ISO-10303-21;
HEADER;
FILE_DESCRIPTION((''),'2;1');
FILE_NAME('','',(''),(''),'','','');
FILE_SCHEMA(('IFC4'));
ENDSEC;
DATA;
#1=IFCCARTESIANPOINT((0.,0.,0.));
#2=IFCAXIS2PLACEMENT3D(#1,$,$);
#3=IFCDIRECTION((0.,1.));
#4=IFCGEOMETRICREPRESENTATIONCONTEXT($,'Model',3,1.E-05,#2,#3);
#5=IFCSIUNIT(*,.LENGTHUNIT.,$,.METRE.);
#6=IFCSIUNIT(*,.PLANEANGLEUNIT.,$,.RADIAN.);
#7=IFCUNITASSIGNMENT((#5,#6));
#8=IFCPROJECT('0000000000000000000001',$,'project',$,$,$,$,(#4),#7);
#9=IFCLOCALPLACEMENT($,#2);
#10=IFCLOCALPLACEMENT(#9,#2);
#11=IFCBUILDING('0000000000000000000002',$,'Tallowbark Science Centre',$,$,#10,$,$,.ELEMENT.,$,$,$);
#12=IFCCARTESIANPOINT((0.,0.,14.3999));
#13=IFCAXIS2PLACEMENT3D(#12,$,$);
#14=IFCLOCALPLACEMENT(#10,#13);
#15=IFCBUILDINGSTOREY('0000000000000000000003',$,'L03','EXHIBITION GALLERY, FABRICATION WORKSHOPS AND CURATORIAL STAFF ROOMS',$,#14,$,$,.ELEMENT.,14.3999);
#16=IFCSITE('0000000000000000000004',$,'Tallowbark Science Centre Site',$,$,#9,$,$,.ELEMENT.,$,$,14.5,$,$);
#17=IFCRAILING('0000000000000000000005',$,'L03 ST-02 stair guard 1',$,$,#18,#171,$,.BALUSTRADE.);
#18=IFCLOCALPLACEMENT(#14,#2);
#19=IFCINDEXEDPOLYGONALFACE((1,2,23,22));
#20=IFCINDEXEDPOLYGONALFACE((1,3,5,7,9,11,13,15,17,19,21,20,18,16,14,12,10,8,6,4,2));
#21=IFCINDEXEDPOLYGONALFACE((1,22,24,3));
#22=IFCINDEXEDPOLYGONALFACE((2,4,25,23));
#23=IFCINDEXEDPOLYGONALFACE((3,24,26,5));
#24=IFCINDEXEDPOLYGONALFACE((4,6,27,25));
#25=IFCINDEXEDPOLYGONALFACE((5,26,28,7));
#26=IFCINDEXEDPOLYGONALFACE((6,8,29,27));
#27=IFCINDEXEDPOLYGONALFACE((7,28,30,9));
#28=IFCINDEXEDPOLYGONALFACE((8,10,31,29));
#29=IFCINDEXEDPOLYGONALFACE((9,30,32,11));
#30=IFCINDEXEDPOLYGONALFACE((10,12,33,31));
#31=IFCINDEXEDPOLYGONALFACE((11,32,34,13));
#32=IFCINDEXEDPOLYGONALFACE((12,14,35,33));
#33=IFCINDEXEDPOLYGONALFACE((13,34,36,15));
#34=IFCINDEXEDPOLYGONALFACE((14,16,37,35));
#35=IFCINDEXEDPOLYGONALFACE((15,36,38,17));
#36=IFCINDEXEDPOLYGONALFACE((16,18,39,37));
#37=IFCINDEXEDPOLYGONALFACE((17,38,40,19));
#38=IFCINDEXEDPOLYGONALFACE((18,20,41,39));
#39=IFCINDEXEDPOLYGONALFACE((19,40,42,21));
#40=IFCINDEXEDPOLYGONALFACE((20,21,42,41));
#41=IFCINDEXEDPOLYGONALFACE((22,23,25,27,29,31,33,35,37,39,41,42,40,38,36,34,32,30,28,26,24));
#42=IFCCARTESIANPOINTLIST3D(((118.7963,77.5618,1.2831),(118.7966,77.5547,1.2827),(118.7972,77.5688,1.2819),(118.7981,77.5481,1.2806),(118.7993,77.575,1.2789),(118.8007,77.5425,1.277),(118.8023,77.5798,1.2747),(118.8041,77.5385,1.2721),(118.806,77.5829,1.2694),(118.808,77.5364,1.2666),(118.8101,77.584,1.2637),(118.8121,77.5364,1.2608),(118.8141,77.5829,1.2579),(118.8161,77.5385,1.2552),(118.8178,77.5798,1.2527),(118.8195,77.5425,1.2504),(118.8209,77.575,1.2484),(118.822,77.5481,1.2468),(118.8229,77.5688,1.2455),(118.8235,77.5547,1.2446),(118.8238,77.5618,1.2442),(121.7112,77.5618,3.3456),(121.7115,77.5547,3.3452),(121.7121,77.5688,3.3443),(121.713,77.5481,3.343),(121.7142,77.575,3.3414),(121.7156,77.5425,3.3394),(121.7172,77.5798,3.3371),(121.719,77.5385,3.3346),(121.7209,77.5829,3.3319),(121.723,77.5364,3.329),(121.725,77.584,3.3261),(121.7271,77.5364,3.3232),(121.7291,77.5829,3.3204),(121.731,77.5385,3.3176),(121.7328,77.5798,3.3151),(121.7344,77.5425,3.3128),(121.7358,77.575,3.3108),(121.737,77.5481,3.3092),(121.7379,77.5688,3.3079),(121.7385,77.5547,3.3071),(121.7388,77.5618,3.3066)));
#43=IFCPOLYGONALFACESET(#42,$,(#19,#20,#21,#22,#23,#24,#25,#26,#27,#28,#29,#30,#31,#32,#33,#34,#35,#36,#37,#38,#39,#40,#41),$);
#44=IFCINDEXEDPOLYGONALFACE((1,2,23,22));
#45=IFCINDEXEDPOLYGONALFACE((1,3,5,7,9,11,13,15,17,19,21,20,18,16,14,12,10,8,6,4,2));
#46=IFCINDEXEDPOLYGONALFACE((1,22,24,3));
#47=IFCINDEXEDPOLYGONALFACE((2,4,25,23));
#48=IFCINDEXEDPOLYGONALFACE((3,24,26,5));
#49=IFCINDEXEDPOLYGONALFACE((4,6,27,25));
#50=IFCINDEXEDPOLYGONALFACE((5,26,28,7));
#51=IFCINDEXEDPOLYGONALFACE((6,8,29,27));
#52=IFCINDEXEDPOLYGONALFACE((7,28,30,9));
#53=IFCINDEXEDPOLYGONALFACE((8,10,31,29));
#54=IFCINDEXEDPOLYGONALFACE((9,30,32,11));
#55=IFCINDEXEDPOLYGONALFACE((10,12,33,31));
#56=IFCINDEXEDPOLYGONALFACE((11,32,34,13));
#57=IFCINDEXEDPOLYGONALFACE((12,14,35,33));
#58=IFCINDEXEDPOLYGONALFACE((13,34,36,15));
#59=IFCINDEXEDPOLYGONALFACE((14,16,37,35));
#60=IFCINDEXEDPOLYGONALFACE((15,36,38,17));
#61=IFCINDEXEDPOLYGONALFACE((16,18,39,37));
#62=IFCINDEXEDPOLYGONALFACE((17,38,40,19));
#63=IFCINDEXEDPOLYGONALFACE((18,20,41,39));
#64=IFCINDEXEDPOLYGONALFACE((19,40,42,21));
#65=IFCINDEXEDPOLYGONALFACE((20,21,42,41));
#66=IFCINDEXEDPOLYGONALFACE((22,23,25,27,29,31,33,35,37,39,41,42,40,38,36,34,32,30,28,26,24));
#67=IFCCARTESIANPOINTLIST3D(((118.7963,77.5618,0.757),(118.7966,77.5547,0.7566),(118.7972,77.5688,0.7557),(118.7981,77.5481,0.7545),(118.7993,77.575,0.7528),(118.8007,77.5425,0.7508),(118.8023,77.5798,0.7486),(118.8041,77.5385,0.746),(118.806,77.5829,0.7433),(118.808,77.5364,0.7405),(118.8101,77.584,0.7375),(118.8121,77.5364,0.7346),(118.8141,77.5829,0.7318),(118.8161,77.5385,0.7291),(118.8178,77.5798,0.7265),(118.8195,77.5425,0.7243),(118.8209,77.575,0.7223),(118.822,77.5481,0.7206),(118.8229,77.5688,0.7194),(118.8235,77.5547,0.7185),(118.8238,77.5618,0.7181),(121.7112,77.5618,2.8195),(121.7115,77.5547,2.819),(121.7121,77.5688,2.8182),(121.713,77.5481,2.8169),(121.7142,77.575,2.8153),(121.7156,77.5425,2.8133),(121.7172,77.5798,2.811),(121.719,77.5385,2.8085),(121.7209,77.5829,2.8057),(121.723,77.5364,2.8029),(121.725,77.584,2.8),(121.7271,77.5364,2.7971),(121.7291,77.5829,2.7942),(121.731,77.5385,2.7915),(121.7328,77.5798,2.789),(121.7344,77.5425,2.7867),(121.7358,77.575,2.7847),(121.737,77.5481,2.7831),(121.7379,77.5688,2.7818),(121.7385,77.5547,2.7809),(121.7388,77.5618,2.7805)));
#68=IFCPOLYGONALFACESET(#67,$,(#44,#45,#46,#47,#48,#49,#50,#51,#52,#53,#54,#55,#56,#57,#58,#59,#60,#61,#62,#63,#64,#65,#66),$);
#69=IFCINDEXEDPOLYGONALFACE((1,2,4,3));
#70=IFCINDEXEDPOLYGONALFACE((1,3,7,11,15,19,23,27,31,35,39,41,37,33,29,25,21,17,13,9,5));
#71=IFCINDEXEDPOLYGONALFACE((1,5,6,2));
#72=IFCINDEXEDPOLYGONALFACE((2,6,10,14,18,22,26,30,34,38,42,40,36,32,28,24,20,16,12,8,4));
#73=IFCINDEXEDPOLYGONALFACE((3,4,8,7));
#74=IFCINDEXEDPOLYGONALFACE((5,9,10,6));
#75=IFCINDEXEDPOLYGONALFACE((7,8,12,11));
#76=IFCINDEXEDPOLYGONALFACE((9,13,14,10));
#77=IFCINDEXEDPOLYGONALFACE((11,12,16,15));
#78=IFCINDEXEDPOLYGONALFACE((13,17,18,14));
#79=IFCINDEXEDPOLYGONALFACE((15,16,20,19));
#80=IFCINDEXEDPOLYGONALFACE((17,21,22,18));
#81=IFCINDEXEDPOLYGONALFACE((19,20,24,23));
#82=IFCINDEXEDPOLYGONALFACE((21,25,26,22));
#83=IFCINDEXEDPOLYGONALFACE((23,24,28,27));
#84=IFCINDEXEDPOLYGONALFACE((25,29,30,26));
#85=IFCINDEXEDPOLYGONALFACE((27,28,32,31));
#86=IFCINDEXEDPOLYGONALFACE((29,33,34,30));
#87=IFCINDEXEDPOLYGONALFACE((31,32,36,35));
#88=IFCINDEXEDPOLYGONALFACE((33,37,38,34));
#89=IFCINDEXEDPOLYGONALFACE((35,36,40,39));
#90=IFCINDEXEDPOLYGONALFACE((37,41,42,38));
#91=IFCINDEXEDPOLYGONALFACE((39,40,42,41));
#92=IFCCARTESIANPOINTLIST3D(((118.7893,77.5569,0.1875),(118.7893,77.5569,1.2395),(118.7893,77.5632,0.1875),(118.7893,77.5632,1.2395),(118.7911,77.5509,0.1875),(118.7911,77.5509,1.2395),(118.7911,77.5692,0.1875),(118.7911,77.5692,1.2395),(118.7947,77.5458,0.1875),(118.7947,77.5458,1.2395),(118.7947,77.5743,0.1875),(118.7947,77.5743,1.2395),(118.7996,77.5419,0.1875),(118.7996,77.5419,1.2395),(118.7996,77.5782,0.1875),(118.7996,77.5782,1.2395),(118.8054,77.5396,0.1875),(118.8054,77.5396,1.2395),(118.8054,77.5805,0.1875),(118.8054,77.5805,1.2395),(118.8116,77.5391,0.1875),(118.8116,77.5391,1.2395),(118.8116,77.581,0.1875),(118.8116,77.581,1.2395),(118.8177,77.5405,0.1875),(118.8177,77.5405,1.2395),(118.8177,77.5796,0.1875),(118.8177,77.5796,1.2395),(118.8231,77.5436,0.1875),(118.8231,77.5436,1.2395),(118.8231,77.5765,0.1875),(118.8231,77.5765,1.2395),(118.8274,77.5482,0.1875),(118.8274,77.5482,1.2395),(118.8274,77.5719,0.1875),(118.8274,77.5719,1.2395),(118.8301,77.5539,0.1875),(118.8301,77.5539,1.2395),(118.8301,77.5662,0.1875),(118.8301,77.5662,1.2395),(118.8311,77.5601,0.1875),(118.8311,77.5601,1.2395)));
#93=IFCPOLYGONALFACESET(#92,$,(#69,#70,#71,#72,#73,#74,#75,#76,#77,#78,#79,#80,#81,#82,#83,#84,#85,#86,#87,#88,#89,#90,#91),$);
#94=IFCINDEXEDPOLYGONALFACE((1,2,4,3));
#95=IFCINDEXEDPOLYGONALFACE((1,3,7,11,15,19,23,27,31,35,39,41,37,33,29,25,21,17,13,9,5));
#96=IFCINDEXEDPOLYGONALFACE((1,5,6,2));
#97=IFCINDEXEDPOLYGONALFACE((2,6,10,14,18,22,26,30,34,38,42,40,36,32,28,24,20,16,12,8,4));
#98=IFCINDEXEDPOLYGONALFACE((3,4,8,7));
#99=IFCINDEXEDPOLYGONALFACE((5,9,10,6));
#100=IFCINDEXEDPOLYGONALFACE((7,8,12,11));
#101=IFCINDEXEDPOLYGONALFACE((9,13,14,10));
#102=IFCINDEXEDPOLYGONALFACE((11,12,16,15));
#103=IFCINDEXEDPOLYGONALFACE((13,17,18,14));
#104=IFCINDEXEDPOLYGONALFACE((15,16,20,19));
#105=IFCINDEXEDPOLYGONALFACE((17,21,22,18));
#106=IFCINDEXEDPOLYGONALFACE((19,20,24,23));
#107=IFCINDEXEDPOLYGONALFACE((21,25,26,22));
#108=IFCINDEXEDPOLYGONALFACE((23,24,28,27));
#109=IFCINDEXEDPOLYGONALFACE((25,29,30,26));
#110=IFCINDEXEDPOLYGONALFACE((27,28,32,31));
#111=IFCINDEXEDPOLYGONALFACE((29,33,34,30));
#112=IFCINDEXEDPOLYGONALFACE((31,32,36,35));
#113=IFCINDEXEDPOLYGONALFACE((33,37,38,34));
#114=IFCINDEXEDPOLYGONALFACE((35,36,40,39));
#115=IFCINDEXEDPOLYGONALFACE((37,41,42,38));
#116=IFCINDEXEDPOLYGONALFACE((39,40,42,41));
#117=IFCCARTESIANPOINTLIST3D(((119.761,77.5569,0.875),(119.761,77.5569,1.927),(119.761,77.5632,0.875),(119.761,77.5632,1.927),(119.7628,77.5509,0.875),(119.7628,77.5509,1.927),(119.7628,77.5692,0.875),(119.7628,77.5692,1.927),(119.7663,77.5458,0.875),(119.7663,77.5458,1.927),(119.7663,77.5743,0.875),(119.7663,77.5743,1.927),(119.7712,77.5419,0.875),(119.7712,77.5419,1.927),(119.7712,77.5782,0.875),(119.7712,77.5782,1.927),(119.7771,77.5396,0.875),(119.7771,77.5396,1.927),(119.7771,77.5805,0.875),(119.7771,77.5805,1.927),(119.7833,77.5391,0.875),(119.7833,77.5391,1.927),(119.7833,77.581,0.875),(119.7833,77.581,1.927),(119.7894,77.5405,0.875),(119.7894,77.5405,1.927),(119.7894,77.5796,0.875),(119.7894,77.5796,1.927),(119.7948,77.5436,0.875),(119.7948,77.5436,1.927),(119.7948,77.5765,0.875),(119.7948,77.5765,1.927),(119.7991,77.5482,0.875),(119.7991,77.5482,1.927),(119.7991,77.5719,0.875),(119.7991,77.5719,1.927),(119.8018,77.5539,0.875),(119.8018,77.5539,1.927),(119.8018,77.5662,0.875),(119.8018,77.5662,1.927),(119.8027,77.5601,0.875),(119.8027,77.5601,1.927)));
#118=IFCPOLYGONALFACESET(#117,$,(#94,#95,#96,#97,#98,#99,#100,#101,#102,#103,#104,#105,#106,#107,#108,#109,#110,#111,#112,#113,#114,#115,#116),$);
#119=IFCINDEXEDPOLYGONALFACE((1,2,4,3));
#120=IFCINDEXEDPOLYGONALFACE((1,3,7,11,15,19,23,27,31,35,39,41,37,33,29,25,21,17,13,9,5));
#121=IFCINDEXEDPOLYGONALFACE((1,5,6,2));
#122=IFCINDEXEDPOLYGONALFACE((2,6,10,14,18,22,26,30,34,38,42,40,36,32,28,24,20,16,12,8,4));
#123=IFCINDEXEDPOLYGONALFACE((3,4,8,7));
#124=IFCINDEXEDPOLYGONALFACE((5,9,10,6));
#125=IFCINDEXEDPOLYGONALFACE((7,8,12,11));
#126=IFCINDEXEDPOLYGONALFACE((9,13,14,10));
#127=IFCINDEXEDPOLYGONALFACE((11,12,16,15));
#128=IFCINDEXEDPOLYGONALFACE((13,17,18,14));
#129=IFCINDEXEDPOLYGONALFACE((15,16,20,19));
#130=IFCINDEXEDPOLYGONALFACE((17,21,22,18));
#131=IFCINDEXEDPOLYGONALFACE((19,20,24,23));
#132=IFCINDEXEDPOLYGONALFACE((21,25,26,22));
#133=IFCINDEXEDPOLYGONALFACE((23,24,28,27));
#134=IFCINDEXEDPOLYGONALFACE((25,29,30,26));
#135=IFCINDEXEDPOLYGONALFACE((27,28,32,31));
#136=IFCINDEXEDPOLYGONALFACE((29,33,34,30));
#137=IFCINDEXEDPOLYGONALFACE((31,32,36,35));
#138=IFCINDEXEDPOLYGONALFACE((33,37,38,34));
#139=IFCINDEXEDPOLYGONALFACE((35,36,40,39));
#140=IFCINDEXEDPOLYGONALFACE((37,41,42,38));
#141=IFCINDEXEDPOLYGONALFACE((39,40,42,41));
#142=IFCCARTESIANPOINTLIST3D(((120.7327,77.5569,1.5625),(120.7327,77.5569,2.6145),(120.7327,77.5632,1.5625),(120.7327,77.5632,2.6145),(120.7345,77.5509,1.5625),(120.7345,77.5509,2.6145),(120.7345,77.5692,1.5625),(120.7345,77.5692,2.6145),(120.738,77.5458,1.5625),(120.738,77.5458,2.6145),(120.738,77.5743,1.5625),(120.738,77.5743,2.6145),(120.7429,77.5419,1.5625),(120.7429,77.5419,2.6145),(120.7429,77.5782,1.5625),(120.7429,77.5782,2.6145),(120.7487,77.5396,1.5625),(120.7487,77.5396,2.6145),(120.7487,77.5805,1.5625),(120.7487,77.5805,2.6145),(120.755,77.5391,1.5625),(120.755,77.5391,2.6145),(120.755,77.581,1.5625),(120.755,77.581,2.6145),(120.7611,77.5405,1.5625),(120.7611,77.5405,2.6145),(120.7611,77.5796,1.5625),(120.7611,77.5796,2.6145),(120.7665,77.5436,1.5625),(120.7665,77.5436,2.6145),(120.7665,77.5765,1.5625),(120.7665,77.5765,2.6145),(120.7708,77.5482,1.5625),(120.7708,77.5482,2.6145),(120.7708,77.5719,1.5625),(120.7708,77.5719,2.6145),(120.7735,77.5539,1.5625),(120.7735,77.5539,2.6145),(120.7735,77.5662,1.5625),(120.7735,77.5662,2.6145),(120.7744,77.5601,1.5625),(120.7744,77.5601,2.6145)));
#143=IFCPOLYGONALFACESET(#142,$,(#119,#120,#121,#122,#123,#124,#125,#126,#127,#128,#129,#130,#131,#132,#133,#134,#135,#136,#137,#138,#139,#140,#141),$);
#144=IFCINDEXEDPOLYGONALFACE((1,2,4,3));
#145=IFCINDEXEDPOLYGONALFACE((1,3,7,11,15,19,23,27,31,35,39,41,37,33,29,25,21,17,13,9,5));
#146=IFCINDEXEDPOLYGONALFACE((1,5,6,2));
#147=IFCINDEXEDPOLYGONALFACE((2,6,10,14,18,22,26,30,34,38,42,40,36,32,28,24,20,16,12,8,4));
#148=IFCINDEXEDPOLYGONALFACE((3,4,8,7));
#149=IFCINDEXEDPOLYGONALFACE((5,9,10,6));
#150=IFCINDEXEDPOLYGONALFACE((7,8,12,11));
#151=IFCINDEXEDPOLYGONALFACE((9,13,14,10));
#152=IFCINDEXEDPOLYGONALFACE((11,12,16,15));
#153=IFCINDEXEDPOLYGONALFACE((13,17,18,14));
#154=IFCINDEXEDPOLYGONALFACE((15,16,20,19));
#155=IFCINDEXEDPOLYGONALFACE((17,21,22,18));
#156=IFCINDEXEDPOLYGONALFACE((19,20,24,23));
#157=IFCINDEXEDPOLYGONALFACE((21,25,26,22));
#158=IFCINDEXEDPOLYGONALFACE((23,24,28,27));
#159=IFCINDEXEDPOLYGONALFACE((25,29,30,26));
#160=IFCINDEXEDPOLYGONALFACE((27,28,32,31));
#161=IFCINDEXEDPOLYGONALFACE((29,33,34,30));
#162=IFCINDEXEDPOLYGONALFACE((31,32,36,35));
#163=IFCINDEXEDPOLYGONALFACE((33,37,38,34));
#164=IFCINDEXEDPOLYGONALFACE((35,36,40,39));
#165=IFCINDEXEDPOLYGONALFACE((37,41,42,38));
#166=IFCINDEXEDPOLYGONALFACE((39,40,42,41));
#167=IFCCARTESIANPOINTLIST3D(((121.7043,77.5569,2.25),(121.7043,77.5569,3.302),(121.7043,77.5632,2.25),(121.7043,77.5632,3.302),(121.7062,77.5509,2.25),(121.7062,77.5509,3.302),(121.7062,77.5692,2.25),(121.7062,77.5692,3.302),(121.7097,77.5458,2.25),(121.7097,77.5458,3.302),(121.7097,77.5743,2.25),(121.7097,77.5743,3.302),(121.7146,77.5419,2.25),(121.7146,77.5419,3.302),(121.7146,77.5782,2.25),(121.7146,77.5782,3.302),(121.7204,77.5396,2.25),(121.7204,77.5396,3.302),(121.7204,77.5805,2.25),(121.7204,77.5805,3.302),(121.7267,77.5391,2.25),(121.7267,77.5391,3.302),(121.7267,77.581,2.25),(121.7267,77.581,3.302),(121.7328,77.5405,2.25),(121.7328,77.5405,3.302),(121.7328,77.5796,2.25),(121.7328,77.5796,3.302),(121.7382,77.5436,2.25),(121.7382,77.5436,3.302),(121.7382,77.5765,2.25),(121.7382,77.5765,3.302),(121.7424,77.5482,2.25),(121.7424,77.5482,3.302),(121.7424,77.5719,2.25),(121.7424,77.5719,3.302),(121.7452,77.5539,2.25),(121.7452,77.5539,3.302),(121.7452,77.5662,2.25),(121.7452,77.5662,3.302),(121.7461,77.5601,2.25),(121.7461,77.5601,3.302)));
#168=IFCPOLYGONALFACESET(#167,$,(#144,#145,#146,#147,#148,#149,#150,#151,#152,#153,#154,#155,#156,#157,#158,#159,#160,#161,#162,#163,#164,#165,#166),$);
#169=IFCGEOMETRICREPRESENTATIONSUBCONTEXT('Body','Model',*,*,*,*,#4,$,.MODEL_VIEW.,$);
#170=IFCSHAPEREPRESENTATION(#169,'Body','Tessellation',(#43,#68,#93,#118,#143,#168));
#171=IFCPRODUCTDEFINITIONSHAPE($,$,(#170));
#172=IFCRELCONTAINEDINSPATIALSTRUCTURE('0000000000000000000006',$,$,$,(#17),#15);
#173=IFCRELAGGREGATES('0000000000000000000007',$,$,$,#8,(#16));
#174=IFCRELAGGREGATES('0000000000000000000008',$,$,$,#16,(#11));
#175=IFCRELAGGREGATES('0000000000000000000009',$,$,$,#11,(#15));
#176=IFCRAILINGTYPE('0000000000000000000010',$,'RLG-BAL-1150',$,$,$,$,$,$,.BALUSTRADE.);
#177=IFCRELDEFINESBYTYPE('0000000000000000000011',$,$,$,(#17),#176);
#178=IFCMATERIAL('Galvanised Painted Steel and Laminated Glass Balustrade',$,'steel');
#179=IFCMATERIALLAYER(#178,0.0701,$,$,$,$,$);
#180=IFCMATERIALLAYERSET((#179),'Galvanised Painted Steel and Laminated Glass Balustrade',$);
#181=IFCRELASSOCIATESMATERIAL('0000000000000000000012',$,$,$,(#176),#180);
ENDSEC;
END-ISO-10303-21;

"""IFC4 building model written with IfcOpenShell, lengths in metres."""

from ifc_helpers import new_model, si_unit, direction, frame, origin, origin_2d, place, context, subcontext, project, spatial, circle, extrude, material, layer, layer_set, type_object, element, save


model = new_model("IFC4")

# Units and contexts
model_context = context("Model", 3, precision=1e-05, world=origin(), true_north=direction((0.0, 1.0)))
body_context = subcontext(model_context, "Body", "Model", "MODEL_VIEW")
ifc_project = project(units=[si_unit("LENGTHUNIT", "METRE"), si_unit("PLANEANGLEUNIT", "RADIAN")], contexts=[model_context])

# Site, building, storey
site_placement = place(None, origin())
site = spatial("IfcSite", under=ifc_project, at=site_placement, Name="Tallowbark Science Centre Site", CompositionType="ELEMENT", RefElevation=14.5)
building_placement = place(site_placement, origin())
building = spatial("IfcBuilding", under=site, at=building_placement, Name="Tallowbark Science Centre", CompositionType="ELEMENT")
storey_placement = place(building_placement, frame((0.0, 0.0, 14.3999)))
storey = spatial("IfcBuildingStorey", under=building, at=storey_placement, Name="L03", Description="EXHIBITION GALLERY, FABRICATION WORKSHOPS AND CURATORIAL STAFF ROOMS", CompositionType="ELEMENT", Elevation=14.3999)

# Railing
ifc_material_1 = material(Name="Galvanised Painted Steel and Laminated Glass Balustrade", Category="steel")
ifc_layer_1 = layer(ifc_material_1, 0.0701)
ifc_layer_set_1 = layer_set([ifc_layer_1], Name="Galvanised Painted Steel and Laminated Glass Balustrade")
railing_type_1 = type_object("IfcRailingType", Name="RLG-BAL-1150", PredefinedType="BALUSTRADE", material=ifc_layer_set_1)
railing_1_placement = place(storey_placement, frame((118.8101, 77.5601, 0.1875)))
element("IfcRailing", 1, at=railing_1_placement, inside=storey, type_object=railing_type_1, Name="L03 ST-02 stair guard 1", PredefinedType="BALUSTRADE", context=body_context, shape_type="SweptSolid", body=[
    extrude(circle(Radius=0.0239, at=origin_2d()), frame((0.0, 0.0, 1.0762), z_axis=(0.816331, 0.0, 0.577585), x_axis=(0.0, 1.0, 0.0)), (0.0, 0.0, 1.0), 3.5708),
    extrude(circle(Radius=0.0239, at=origin_2d()), frame((0.0, 0.0, 0.55), z_axis=(0.816331, 0.0, 0.577585), x_axis=(0.0, 1.0, 0.0)), (0.0, 0.0, 1.0), 3.5708),
    extrude(circle(Radius=0.021, at=origin_2d()), origin(), (0.0, 0.0, 1.0), 1.052),
    extrude(circle(Radius=0.021, at=origin_2d()), frame((0.9717, 0.0, 0.6875)), (0.0, 0.0, 1.0), 1.052),
    extrude(circle(Radius=0.021, at=origin_2d()), frame((1.9434, 0.0, 1.375)), (0.0, 0.0, 1.0), 1.052),
    extrude(circle(Radius=0.021, at=origin_2d()), frame((2.915, 0.0, 2.0625)), (0.0, 0.0, 1.0), 1.052),
])

save(model, "model.ifc")
